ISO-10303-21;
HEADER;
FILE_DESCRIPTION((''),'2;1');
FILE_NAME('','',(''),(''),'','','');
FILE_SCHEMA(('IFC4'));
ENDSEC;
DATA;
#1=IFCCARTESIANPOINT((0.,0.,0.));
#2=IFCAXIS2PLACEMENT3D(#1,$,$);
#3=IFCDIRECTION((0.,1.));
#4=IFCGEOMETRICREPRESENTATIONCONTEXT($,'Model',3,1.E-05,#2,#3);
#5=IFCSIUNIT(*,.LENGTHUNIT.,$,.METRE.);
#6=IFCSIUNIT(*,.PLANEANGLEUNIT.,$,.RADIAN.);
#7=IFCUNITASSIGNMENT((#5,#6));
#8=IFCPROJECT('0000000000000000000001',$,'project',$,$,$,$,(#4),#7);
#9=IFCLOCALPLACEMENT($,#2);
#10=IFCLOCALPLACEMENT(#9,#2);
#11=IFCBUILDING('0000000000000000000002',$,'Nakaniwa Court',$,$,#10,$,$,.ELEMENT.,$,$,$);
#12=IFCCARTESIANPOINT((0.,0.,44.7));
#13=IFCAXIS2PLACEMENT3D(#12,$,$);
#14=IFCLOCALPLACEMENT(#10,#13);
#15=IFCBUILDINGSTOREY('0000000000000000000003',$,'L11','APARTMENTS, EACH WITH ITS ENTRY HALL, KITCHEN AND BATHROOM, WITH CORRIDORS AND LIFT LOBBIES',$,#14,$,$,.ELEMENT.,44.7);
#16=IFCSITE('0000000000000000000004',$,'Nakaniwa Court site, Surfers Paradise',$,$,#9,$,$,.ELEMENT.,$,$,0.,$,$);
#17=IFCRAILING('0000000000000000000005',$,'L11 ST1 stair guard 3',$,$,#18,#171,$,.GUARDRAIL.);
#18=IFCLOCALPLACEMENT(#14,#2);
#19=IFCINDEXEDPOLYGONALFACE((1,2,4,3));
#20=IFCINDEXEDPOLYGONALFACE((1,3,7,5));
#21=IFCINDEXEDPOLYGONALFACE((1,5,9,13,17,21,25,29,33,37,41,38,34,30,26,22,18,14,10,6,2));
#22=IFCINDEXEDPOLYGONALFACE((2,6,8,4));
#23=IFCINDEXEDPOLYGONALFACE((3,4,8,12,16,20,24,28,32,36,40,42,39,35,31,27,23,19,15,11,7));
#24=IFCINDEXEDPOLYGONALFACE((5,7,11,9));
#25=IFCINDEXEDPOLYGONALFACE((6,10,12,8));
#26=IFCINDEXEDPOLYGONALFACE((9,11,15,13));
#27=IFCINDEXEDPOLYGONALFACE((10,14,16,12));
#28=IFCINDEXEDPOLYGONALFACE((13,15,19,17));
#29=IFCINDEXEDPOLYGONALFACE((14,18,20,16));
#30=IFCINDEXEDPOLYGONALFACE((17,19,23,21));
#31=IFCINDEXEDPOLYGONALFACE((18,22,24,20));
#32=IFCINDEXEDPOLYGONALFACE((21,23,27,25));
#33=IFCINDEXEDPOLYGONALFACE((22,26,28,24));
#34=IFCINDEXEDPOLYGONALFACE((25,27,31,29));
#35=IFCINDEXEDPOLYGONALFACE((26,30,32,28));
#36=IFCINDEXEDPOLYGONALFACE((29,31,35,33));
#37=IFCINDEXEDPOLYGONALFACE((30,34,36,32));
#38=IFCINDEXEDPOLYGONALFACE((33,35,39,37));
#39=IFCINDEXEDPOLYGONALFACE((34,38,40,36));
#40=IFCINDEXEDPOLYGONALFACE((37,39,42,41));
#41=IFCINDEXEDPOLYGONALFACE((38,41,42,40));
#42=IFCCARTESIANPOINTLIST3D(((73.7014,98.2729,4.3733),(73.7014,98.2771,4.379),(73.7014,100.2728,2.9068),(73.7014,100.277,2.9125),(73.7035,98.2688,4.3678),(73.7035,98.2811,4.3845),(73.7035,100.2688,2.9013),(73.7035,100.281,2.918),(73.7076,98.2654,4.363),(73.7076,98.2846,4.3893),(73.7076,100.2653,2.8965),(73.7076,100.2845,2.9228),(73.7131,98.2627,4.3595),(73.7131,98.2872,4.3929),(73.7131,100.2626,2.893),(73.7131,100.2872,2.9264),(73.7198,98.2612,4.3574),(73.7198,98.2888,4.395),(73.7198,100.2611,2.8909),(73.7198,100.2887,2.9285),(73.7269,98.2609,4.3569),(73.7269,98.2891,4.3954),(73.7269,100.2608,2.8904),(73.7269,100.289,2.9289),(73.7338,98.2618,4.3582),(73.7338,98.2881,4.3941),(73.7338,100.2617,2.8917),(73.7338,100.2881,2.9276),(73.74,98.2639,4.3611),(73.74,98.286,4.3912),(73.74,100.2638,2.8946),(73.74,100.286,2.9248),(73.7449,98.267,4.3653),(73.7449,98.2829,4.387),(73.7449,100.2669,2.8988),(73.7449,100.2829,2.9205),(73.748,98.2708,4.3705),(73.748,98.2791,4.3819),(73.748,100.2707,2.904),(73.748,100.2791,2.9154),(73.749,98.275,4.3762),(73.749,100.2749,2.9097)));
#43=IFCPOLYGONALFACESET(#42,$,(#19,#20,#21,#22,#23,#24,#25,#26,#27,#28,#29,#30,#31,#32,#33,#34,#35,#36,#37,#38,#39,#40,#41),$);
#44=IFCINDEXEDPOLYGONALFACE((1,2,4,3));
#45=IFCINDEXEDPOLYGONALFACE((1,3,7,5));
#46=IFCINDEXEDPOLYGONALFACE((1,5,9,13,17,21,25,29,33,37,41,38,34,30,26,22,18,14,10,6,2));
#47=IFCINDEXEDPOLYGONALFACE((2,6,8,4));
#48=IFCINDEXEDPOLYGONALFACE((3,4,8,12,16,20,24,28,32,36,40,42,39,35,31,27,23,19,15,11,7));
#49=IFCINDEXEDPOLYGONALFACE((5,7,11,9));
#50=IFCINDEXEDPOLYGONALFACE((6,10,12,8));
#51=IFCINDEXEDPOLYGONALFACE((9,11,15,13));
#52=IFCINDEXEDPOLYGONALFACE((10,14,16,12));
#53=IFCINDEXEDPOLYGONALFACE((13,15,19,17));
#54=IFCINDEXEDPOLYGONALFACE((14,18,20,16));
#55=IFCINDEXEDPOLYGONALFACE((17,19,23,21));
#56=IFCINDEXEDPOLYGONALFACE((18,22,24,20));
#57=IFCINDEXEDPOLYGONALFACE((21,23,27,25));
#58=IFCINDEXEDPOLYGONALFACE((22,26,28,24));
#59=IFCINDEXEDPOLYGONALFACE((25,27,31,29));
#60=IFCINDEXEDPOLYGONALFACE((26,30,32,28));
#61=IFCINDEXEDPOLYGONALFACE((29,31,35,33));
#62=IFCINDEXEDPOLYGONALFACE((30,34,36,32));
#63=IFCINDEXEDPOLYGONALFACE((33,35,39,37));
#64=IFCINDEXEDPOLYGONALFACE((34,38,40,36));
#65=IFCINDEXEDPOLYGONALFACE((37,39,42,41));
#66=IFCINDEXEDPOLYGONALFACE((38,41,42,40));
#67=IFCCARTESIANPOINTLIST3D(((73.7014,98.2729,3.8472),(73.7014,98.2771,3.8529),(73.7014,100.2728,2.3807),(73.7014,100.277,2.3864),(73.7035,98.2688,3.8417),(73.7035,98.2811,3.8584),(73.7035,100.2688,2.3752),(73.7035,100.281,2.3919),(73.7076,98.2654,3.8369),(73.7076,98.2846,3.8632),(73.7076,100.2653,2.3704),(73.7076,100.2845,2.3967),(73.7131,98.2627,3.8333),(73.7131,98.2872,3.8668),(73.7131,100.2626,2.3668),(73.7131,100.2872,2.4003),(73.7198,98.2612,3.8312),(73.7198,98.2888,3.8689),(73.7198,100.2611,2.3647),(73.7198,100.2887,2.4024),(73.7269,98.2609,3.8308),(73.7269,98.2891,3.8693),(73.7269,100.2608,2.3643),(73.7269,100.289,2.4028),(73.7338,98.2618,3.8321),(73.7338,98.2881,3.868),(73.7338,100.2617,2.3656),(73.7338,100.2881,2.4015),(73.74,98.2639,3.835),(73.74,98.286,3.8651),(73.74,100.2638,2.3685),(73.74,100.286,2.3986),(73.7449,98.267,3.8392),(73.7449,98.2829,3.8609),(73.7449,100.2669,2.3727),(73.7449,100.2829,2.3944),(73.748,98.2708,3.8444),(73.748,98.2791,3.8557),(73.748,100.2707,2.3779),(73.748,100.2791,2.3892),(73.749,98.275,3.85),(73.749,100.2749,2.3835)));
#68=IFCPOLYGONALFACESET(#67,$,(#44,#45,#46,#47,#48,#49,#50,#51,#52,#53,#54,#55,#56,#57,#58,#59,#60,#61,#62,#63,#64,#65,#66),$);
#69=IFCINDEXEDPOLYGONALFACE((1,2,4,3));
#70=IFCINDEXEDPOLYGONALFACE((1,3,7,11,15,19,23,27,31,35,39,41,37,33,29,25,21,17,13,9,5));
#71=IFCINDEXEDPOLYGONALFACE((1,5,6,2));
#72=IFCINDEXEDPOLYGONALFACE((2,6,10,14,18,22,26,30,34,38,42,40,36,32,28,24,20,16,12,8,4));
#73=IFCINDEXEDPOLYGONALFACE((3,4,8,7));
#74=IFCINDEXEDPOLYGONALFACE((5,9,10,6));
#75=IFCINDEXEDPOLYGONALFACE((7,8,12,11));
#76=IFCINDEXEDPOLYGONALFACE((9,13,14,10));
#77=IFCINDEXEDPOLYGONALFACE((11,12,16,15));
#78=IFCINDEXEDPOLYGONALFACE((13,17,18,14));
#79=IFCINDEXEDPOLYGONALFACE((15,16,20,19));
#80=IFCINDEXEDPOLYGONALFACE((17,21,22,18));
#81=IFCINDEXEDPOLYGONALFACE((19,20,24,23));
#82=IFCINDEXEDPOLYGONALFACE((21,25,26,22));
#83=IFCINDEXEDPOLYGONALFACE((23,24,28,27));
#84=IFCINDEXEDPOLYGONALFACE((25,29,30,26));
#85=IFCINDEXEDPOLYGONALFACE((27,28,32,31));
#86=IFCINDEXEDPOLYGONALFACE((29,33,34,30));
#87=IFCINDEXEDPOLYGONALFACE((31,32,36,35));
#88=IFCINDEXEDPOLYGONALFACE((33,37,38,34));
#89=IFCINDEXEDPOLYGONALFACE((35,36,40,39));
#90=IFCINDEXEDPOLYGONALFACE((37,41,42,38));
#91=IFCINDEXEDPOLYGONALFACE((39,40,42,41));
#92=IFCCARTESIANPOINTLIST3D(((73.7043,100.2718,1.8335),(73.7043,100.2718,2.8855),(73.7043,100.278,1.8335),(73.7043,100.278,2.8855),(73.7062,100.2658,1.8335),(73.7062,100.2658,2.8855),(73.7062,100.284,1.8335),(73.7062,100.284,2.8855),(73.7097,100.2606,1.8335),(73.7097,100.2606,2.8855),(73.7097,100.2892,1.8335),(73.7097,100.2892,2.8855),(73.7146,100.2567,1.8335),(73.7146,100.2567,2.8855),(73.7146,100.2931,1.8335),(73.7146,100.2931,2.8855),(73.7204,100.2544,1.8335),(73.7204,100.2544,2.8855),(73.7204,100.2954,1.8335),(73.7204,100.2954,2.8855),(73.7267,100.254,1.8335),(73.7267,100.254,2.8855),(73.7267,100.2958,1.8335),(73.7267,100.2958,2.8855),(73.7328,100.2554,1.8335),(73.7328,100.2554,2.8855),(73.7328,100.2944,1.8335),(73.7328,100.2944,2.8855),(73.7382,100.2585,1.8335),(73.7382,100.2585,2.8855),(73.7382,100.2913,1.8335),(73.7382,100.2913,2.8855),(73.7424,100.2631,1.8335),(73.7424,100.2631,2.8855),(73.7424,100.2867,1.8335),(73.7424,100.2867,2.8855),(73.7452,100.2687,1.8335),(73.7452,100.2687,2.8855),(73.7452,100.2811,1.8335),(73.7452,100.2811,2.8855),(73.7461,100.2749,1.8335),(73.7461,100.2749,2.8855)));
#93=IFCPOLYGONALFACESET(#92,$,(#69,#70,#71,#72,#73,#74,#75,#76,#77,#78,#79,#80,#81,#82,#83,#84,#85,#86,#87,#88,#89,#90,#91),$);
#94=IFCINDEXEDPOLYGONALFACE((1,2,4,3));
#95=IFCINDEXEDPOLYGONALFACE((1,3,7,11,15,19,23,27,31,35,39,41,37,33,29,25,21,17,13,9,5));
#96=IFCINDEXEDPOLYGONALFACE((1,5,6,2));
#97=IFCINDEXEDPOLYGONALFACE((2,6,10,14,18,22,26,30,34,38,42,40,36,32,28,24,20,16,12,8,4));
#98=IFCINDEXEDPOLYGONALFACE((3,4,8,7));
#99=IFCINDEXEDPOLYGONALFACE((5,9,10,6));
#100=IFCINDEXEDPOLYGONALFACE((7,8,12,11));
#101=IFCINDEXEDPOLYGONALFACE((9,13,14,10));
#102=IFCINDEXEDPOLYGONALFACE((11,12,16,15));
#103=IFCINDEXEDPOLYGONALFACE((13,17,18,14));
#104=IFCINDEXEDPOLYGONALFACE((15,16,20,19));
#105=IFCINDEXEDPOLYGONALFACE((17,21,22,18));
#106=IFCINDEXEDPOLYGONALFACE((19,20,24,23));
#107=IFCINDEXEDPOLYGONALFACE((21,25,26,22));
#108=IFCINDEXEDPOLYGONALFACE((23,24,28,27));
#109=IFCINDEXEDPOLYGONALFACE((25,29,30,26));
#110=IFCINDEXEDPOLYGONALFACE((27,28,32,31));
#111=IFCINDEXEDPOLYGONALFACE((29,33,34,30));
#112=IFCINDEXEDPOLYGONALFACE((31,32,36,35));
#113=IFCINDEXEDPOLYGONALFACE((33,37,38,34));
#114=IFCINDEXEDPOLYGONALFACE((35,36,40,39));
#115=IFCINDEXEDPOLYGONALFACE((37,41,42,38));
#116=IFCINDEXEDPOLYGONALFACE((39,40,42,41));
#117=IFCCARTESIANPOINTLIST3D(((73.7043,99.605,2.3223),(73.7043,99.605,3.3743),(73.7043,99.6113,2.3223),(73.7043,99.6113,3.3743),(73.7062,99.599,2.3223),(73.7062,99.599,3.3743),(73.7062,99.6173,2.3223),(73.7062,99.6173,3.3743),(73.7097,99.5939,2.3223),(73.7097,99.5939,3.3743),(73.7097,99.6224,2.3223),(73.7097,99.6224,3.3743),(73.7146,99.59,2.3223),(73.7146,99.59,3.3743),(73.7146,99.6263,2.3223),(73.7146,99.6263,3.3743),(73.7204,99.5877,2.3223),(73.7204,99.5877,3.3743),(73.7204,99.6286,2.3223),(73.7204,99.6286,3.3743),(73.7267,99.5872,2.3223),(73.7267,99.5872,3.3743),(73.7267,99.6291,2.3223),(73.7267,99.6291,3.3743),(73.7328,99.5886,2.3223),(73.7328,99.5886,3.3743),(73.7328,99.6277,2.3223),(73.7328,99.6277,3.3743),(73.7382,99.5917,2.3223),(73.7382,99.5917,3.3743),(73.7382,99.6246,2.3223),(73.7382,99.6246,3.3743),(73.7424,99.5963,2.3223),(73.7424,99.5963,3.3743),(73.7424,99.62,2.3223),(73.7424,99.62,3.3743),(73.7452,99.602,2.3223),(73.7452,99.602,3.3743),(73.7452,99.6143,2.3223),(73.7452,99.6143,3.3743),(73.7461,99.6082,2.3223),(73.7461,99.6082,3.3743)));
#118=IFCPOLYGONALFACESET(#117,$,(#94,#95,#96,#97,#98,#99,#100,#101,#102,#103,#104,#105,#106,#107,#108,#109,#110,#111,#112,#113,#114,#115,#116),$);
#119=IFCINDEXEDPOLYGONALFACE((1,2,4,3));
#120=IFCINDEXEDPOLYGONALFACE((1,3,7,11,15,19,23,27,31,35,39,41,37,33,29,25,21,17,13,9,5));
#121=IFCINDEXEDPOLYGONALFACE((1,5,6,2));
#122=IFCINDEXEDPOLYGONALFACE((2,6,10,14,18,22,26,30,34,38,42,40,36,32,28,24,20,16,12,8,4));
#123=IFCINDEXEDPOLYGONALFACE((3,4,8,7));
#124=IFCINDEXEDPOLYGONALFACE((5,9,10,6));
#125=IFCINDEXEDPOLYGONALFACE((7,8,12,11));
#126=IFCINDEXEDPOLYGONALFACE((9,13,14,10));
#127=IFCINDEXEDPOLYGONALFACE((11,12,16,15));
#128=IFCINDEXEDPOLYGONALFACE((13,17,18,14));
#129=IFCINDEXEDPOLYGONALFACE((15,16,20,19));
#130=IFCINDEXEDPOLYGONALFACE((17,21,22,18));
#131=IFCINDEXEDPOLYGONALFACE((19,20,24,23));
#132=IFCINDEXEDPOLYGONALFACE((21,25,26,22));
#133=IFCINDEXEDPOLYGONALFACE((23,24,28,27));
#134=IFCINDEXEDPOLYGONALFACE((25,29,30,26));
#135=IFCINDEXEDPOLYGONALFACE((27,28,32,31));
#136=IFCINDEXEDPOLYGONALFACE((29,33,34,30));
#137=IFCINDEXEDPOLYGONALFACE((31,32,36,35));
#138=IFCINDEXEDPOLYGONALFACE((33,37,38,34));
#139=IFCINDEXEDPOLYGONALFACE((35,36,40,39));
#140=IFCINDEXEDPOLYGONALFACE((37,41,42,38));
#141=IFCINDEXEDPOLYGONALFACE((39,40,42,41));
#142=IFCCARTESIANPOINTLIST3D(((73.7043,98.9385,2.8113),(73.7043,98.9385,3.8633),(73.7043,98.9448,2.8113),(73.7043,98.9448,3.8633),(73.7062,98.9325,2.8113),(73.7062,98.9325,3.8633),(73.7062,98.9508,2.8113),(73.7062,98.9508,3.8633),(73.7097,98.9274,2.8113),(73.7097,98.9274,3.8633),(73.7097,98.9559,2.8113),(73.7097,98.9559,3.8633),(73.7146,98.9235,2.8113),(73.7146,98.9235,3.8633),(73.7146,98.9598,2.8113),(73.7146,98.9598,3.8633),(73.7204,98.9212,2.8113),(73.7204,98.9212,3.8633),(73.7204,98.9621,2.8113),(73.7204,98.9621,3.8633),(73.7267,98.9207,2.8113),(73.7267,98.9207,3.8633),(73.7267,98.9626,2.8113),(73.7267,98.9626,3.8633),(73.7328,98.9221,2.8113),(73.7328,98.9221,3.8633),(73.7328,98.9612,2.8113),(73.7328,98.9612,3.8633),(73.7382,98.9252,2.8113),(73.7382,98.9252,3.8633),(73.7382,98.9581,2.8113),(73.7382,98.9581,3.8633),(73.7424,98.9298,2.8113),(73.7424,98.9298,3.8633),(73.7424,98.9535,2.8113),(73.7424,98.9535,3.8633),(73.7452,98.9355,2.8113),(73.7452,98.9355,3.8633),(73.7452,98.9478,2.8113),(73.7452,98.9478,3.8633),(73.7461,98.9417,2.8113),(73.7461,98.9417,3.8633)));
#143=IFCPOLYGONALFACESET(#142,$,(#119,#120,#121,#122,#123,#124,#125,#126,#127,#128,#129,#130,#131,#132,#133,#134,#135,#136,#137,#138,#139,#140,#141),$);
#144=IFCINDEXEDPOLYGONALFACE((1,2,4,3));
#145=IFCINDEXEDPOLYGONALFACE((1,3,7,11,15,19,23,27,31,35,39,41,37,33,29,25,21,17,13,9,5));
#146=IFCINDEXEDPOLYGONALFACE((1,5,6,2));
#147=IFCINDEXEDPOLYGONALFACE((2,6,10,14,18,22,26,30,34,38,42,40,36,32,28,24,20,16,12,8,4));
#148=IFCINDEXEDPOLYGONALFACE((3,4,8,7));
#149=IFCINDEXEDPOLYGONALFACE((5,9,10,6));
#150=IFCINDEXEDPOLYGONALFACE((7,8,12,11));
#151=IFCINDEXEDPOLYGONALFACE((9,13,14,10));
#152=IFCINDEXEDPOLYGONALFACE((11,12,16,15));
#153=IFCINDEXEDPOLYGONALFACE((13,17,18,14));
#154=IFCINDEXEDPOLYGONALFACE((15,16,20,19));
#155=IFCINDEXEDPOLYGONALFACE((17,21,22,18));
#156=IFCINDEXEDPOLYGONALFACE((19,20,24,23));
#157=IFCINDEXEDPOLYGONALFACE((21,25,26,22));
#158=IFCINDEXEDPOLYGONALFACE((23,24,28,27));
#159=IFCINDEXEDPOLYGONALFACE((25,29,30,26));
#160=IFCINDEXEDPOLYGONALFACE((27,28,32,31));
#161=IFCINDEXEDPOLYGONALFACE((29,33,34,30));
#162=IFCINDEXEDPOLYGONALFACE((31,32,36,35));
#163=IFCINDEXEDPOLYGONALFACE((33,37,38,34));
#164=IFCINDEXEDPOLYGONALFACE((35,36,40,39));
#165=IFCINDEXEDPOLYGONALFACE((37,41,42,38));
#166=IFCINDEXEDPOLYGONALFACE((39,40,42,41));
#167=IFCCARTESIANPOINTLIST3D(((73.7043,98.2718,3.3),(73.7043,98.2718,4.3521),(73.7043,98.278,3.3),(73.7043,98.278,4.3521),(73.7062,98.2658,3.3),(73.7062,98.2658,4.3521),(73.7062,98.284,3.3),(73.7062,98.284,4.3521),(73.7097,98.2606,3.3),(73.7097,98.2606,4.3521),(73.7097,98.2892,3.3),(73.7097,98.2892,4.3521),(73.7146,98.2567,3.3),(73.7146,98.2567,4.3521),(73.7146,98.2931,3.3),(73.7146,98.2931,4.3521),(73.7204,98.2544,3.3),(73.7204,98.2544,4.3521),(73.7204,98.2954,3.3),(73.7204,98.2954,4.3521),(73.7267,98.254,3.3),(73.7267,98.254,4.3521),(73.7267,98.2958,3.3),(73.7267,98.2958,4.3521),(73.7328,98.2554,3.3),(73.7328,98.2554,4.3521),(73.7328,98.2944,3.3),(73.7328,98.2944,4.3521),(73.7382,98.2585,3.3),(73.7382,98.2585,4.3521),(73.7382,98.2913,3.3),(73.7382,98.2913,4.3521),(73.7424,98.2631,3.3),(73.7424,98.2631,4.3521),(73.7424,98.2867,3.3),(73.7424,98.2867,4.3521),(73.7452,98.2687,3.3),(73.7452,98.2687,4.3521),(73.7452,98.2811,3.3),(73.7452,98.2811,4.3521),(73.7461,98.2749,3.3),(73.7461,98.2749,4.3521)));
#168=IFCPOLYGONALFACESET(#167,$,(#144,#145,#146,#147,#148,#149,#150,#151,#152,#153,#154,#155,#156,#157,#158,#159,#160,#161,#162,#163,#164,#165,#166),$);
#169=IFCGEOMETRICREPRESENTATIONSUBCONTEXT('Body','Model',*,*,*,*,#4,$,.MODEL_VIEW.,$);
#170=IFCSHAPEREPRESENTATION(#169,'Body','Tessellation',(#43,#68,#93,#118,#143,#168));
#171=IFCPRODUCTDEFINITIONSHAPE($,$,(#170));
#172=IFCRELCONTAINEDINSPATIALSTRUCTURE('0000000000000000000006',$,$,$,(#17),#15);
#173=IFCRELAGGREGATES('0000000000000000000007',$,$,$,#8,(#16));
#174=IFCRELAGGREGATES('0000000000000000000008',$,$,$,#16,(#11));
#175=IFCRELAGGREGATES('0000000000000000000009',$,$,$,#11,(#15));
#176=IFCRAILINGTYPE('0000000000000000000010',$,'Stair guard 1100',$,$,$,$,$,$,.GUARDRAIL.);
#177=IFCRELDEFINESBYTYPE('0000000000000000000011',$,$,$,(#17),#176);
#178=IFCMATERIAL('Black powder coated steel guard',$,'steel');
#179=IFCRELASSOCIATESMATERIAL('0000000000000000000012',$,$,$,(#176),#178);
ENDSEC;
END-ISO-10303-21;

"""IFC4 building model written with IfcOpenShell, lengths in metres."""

from ifc_helpers import new_model, si_unit, direction, frame, origin, origin_2d, place, context, subcontext, project, spatial, circle, extrude, material, type_object, element, save


model = new_model("IFC4")

# Units and contexts
model_context = context("Model", 3, precision=1e-05, world=origin(), true_north=direction((0.0, 1.0)))
body_context = subcontext(model_context, "Body", "Model", "MODEL_VIEW")
ifc_project = project(units=[si_unit("LENGTHUNIT", "METRE"), si_unit("PLANEANGLEUNIT", "RADIAN")], contexts=[model_context])

# Site, building, storey
site_placement = place(None, origin())
site = spatial("IfcSite", under=ifc_project, at=site_placement, Name="Nakaniwa Court site, Surfers Paradise", CompositionType="ELEMENT", RefElevation=0.0)
building_placement = place(site_placement, origin())
building = spatial("IfcBuilding", under=site, at=building_placement, Name="Nakaniwa Court", CompositionType="ELEMENT")
storey_placement = place(building_placement, frame((0.0, 0.0, 44.7)))
storey = spatial("IfcBuildingStorey", under=building, at=storey_placement, Name="L11", Description="APARTMENTS, EACH WITH ITS ENTRY HALL, KITCHEN AND BATHROOM, WITH CORRIDORS AND LIFT LOBBIES", CompositionType="ELEMENT", Elevation=44.7)

# Railing
ifc_material_1 = material(Name="Black powder coated steel guard", Category="steel")
railing_type_1 = type_object("IfcRailingType", Name="Stair guard 1100", PredefinedType="GUARDRAIL", material=ifc_material_1)
railing_1_placement = place(storey_placement, frame((73.7251, 100.2749, 1.8335)))
element("IfcRailing", 1, at=railing_1_placement, inside=storey, type_object=railing_type_1, Name="L11 ST1 stair guard 3", PredefinedType="GUARDRAIL", context=body_context, shape_type="SweptSolid", body=[
    extrude(circle(Radius=0.0239, at=origin_2d()), frame((0.0, 0.0, 1.0762), z_axis=(0.0, -0.806427, 0.591334), x_axis=(1.0, 0.0, 0.0)), (0.0, 0.0, 1.0), 2.48),
    extrude(circle(Radius=0.0239, at=origin_2d()), frame((0.0, 0.0, 0.55), z_axis=(0.0, -0.806427, 0.591334), x_axis=(1.0, 0.0, 0.0)), (0.0, 0.0, 1.0), 2.48),
    extrude(circle(Radius=0.021, at=origin_2d()), origin(), (0.0, 0.0, 1.0), 1.052),
    extrude(circle(Radius=0.021, at=origin_2d()), frame((0.0, -0.6667, 0.4888)), (0.0, 0.0, 1.0), 1.052),
    extrude(circle(Radius=0.021, at=origin_2d()), frame((0.0, -1.3333, 0.9778)), (0.0, 0.0, 1.0), 1.052),
    extrude(circle(Radius=0.021, at=origin_2d()), frame((0.0, -2.0, 1.4666)), (0.0, 0.0, 1.0), 1.052),
])

save(model, "model.ifc")
